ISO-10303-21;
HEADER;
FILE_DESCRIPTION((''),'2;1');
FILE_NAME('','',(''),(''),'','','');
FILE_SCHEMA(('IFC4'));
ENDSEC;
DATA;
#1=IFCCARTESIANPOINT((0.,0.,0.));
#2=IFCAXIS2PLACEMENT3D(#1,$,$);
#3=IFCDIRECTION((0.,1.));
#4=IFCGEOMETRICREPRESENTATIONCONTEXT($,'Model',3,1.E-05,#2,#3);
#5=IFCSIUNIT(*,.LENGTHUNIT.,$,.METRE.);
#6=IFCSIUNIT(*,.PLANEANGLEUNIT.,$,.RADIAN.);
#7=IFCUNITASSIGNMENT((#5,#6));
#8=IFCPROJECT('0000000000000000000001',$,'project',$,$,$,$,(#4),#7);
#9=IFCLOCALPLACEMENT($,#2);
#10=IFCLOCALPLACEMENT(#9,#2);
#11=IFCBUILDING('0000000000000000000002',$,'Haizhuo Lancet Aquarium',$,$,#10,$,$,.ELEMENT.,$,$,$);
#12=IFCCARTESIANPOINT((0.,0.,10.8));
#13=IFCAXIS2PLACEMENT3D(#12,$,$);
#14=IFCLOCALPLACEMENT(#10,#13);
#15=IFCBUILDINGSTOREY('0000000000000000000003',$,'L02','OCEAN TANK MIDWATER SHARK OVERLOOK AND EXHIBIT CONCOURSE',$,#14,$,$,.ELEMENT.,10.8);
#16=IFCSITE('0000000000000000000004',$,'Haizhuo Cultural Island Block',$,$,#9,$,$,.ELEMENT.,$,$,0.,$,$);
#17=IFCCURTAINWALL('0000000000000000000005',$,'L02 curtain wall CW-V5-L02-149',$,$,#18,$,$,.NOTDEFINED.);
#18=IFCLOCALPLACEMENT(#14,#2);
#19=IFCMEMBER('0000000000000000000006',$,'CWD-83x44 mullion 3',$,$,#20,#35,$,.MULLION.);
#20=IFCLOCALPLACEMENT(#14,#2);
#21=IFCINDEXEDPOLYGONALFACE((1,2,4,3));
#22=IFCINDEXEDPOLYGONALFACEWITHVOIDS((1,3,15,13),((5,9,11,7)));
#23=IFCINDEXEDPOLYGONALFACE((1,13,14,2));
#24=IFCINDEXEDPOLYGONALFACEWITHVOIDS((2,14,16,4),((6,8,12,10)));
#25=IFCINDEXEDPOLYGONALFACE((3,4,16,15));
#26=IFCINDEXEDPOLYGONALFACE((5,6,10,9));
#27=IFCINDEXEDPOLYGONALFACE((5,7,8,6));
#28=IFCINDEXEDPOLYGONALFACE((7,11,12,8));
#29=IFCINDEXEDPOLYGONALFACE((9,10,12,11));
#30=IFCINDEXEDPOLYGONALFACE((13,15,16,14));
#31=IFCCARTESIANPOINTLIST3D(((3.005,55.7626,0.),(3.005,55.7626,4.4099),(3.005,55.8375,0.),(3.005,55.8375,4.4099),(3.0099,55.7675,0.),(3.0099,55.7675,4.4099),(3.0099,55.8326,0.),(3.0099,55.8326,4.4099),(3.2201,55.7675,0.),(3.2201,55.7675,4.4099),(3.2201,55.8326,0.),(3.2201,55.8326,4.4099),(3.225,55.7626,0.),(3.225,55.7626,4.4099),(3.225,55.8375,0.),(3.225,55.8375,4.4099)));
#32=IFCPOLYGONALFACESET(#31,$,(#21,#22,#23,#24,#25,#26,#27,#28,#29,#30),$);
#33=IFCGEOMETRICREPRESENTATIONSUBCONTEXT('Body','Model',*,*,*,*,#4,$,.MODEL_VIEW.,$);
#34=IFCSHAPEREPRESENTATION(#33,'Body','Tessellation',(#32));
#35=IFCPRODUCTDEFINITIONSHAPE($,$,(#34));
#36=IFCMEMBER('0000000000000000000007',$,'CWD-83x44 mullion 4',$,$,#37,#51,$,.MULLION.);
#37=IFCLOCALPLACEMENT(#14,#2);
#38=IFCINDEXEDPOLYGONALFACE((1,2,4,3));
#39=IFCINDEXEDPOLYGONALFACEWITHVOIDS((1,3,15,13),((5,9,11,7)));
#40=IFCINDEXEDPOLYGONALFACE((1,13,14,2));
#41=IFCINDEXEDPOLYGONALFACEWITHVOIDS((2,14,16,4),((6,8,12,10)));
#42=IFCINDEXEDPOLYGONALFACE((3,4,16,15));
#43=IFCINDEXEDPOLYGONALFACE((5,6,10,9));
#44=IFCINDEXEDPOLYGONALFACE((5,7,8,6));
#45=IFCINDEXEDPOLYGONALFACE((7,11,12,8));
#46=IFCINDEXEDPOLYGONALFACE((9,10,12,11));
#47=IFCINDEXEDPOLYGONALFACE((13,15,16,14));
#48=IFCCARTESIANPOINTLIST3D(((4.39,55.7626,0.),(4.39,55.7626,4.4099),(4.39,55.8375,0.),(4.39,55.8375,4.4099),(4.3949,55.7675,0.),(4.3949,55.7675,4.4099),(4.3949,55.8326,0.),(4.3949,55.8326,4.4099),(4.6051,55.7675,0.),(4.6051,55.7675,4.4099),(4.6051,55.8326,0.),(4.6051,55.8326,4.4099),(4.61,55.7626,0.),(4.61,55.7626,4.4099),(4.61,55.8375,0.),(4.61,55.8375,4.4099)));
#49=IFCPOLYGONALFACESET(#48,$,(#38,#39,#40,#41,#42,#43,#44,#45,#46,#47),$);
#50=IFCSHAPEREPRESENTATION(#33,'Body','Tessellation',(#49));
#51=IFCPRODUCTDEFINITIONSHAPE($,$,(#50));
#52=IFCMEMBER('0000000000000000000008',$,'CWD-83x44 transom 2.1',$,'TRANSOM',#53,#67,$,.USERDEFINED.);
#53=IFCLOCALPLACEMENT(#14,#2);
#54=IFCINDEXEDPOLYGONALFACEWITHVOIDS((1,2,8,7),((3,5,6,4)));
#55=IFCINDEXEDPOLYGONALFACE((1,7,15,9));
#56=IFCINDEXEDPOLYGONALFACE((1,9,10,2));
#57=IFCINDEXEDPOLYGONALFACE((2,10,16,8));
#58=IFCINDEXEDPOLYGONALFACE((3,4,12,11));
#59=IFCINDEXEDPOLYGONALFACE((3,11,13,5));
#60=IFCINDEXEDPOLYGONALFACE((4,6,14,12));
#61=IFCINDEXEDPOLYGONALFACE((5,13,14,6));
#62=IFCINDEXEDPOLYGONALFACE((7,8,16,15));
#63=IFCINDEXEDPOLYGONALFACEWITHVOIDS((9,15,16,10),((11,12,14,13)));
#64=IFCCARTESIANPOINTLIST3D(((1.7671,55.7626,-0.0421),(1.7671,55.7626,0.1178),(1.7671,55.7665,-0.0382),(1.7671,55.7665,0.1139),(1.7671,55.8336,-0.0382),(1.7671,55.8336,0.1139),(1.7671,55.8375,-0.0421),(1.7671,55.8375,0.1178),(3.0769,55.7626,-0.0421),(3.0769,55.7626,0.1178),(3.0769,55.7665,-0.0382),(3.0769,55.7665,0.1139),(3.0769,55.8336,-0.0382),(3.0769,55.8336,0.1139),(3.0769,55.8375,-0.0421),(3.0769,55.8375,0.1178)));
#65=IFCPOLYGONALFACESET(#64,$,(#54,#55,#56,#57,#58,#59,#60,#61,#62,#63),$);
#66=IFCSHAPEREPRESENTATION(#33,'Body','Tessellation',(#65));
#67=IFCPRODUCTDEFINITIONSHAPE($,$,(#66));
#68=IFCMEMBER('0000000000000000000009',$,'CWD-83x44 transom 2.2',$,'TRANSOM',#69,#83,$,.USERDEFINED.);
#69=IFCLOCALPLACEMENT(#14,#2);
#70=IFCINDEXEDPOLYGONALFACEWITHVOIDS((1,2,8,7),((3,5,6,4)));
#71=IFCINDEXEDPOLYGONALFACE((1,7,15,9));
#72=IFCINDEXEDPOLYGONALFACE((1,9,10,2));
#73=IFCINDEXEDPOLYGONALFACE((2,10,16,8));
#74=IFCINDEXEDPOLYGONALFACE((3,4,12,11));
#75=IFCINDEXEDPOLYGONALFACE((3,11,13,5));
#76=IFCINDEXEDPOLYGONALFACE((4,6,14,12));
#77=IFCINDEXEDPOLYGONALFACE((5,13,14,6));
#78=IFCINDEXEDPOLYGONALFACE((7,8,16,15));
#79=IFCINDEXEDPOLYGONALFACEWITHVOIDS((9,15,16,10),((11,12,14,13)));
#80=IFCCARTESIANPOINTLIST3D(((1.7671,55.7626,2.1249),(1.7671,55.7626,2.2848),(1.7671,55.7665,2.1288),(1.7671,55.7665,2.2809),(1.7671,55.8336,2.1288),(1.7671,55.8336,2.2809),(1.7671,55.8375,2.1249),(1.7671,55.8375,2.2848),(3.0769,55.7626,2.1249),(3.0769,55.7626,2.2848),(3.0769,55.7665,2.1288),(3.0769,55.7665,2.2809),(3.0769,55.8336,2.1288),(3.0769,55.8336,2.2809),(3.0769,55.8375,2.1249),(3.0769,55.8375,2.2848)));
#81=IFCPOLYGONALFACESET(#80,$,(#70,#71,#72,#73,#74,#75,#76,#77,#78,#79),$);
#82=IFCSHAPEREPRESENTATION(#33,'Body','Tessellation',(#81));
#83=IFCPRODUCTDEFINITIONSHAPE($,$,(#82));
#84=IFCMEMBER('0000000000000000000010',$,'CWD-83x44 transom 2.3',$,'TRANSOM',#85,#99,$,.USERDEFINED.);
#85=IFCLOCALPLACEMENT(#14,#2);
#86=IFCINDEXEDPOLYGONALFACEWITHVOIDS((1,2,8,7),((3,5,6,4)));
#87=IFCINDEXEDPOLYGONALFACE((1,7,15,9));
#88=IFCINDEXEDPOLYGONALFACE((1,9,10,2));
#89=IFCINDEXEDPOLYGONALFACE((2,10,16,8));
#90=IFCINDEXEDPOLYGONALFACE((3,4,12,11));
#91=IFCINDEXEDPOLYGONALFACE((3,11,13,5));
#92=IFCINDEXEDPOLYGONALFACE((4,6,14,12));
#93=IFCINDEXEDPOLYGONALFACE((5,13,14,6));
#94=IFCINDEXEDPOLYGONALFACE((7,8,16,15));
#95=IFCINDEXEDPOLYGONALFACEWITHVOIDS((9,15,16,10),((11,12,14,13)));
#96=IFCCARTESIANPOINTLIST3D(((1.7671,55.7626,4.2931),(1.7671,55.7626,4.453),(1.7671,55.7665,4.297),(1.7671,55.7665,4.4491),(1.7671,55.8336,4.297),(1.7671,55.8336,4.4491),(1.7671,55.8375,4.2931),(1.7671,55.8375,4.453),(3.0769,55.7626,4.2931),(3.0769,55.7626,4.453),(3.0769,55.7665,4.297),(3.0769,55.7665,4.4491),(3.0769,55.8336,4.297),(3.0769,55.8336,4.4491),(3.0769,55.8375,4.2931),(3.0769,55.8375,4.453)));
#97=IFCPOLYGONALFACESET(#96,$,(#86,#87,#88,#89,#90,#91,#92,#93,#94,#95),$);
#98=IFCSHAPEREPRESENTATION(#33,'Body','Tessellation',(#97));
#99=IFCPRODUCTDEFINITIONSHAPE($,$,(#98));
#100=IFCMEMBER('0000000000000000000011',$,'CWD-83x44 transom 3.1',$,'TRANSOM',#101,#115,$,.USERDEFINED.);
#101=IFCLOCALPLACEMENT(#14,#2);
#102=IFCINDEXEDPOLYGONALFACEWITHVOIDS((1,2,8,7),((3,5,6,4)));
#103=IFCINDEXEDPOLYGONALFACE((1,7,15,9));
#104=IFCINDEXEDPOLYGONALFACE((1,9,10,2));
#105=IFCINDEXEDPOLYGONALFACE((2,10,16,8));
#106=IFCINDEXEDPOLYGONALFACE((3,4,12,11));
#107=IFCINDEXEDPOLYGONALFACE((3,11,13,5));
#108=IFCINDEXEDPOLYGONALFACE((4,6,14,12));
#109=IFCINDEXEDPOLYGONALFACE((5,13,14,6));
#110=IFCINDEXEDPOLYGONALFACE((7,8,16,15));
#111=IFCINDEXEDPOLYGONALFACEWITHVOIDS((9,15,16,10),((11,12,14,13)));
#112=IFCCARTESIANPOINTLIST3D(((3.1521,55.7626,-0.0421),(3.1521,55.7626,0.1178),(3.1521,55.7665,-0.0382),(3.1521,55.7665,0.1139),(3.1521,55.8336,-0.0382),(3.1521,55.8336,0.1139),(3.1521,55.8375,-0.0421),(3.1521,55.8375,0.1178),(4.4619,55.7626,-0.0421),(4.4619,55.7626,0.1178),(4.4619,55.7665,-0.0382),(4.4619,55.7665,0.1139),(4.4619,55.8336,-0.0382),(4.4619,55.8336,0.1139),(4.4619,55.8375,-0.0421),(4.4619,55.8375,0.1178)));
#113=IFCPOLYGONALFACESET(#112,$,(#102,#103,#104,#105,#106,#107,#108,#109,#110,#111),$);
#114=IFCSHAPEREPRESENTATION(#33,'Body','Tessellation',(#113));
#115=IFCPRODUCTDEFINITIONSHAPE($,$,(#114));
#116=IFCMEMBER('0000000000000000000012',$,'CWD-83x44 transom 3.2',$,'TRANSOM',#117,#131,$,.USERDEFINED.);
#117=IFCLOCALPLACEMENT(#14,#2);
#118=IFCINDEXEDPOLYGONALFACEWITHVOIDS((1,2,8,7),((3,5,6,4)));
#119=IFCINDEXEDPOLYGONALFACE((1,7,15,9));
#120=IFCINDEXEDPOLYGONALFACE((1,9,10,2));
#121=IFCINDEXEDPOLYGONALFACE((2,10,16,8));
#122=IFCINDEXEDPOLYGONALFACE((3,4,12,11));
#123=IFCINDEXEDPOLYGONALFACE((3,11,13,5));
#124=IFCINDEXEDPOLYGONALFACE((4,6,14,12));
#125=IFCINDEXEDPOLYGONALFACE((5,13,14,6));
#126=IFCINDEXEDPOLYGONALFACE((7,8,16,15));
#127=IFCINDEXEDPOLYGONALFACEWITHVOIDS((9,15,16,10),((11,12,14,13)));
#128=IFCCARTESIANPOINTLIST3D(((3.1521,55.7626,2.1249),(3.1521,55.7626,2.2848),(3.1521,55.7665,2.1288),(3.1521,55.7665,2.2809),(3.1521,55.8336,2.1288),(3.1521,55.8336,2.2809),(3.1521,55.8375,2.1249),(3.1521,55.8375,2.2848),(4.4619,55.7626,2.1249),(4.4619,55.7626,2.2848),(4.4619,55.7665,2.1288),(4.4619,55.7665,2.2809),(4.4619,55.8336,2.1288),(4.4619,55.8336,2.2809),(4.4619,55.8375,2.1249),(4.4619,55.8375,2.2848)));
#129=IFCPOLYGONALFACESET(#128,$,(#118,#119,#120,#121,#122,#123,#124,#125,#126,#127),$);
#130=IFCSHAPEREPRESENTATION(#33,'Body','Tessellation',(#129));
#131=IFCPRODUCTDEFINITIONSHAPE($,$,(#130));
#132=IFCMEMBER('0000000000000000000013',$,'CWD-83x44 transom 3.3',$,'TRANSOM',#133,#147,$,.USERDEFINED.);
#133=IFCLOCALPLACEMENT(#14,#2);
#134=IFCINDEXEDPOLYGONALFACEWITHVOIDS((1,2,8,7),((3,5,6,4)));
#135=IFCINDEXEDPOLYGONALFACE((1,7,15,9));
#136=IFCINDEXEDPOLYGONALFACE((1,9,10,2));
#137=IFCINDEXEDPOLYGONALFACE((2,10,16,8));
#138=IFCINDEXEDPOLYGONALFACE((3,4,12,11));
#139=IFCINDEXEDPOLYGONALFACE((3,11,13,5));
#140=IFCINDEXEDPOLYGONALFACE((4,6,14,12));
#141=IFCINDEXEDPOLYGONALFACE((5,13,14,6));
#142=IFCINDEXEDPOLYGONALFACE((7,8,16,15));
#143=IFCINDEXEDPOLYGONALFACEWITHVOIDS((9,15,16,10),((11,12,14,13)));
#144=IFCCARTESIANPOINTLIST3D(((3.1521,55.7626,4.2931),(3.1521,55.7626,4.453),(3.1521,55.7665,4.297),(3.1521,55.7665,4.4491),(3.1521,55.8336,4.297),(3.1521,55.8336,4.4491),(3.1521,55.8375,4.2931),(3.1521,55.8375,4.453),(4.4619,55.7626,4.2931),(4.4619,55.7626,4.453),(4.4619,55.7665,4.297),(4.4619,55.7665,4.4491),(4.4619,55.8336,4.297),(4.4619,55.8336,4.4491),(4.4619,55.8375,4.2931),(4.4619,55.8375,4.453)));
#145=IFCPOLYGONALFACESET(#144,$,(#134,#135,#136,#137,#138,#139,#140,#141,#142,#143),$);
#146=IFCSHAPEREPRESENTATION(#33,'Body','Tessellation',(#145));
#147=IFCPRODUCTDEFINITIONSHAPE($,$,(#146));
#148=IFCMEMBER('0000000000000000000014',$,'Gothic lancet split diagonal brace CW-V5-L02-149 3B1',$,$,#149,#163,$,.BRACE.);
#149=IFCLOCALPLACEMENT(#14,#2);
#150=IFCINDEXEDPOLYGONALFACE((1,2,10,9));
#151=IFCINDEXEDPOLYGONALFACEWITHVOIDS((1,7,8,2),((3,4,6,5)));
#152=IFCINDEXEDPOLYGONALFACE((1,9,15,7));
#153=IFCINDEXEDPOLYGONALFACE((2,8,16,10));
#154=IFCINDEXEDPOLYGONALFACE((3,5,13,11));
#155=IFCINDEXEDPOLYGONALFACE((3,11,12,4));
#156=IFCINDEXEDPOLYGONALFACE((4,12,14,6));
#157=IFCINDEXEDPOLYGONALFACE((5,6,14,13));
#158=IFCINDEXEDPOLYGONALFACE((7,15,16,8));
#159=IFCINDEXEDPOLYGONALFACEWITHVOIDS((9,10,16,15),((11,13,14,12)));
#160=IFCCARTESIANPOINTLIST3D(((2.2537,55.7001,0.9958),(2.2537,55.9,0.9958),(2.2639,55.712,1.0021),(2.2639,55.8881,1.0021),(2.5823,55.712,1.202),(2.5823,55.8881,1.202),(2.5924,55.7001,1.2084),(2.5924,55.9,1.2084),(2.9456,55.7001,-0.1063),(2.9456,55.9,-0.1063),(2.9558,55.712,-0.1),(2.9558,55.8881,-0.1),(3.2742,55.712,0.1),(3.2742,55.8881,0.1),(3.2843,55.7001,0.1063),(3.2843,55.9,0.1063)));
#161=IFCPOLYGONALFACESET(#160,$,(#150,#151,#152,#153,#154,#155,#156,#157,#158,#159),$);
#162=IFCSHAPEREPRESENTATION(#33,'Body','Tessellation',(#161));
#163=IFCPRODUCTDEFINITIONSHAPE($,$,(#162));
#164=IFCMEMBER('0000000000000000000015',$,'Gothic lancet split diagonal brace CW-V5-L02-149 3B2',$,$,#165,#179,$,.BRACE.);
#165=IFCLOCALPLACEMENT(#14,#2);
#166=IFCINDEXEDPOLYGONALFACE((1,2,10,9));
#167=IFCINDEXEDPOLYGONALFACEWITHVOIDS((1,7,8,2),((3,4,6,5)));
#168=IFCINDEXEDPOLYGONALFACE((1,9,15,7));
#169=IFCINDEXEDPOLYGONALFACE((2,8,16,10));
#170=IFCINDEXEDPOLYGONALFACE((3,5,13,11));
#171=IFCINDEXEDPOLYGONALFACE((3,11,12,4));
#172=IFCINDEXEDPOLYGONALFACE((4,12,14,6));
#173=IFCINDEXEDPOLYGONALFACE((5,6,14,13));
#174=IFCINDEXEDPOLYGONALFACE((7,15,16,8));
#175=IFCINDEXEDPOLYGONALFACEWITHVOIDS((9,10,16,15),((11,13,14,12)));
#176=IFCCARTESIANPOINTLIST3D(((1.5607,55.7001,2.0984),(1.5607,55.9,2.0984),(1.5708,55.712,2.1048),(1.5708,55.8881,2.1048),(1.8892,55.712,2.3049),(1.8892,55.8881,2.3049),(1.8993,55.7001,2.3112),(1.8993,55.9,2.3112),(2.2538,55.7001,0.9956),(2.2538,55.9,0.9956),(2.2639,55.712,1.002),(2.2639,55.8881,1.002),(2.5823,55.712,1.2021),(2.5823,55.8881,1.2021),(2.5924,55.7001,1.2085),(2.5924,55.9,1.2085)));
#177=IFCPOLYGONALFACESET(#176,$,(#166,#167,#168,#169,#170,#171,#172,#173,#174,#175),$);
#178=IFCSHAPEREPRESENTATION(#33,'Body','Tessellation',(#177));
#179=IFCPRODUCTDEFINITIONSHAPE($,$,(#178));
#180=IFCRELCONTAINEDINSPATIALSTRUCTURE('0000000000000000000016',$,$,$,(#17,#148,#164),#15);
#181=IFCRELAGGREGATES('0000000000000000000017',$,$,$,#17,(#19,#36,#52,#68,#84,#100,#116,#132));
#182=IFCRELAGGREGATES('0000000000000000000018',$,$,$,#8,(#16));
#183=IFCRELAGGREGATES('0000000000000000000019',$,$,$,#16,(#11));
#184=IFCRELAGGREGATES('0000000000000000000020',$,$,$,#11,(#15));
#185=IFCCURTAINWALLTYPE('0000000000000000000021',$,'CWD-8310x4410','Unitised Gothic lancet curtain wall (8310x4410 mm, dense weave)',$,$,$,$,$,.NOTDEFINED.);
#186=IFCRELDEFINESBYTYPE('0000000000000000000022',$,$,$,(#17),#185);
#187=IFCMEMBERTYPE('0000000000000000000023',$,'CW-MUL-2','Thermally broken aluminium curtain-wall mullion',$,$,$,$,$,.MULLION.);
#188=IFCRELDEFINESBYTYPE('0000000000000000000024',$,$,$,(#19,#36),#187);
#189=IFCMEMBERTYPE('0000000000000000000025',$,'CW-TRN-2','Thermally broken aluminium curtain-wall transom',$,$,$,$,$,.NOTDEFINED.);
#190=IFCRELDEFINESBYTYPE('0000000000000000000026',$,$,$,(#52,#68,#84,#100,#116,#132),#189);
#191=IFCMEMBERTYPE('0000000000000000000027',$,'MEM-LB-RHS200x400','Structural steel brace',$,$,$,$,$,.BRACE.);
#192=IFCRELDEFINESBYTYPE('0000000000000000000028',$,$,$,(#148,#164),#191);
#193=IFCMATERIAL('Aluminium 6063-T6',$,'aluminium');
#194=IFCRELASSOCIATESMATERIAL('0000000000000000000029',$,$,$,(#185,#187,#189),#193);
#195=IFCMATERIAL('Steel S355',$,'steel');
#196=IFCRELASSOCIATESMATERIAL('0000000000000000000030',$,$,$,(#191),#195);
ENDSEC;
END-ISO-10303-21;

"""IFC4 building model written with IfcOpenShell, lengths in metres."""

from ifc_helpers import new_model, si_unit, direction, frame, origin, origin_2d, place, context, subcontext, project, spatial, hollow_rectangle, extrude, material, material_profile, profile_set, type_object, element, aggregate, save


model = new_model("IFC4")

# Units and contexts
model_context = context("Model", 3, precision=1e-05, world=origin(), true_north=direction((0.0, 1.0)))
body_context = subcontext(model_context, "Body", "Model", "MODEL_VIEW")
ifc_project = project(units=[si_unit("LENGTHUNIT", "METRE"), si_unit("PLANEANGLEUNIT", "RADIAN")], contexts=[model_context])

# Site, building, storey
site_placement = place(None, origin())
site = spatial("IfcSite", under=ifc_project, at=site_placement, Name="Haizhuo Cultural Island Block", CompositionType="ELEMENT", RefElevation=0.0)
building_placement = place(site_placement, origin())
building = spatial("IfcBuilding", under=site, at=building_placement, Name="Haizhuo Lancet Aquarium", CompositionType="ELEMENT")
storey_placement = place(building_placement, frame((0.0, 0.0, 10.8)))
storey = spatial("IfcBuildingStorey", under=building, at=storey_placement, Name="L02", Description="OCEAN TANK MIDWATER SHARK OVERLOOK AND EXHIBIT CONCOURSE", CompositionType="ELEMENT", Elevation=10.8)

# Curtain wall, members
ifc_material_1 = material(Name="Aluminium 6063-T6", Category="aluminium")
curtain_wall_type = type_object("IfcCurtainWallType", Name="CWD-8310x4410", Description="Unitised Gothic lancet curtain wall (8310x4410 mm, dense weave)", PredefinedType="NOTDEFINED", material=ifc_material_1)
curtain_wall_placement = place(storey_placement, origin())
curtain_wall = element("IfcCurtainWall", 1, at=curtain_wall_placement, inside=storey, type_object=curtain_wall_type, Name="L02 curtain wall CW-V5-L02-149", PredefinedType="NOTDEFINED")
ifc_material_profile_1 = material_profile(ifc_material_1, hollow_rectangle(XDim=0.075, YDim=0.22, WallThickness=0.0049, at=origin_2d()), Name="ALU-M 75x220x5")
ifc_profile_set_1 = profile_set([ifc_material_profile_1], Name="Aluminium 6063-T6")
member_type_1 = type_object("IfcMemberType", Name="CW-MUL-2", Description="Thermally broken aluminium curtain-wall mullion", PredefinedType="MULLION", material=ifc_profile_set_1)
member_1_placement = place(storey_placement, frame((3.115, 55.8, 0.0), z_axis=(0.0, 0.0, 1.0), x_axis=(0.0, 1.0, 0.0)))
member_1 = element("IfcMember", 2, at=member_1_placement, type_object=member_type_1, Name="CWD-83x44 mullion 3", PredefinedType="MULLION", context=body_context, shape_type="SweptSolid", body=[
    extrude(hollow_rectangle(XDim=0.075, YDim=0.22, WallThickness=0.0049, at=origin_2d()), origin(), (0.0, 0.0, 1.0), 4.4099),
])
member_2_placement = place(storey_placement, frame((4.5, 55.8, 0.0), z_axis=(0.0, 0.0, 1.0), x_axis=(0.0, 1.0, 0.0)))
member_2 = element("IfcMember", 3, at=member_2_placement, type_object=member_type_1, Name="CWD-83x44 mullion 4", PredefinedType="MULLION", context=body_context, shape_type="SweptSolid", body=[
    extrude(hollow_rectangle(XDim=0.075, YDim=0.22, WallThickness=0.0049, at=origin_2d()), origin(), (0.0, 0.0, 1.0), 4.4099),
])
ifc_material_profile_2 = material_profile(ifc_material_1, hollow_rectangle(XDim=0.075, YDim=0.1599, WallThickness=0.0039, at=origin_2d()), Name="ALU-T 75x160x4")
ifc_profile_set_2 = profile_set([ifc_material_profile_2], Name="Aluminium 6063-T6")
member_type_2 = type_object("IfcMemberType", Name="CW-TRN-2", Description="Thermally broken aluminium curtain-wall transom", PredefinedType="NOTDEFINED", material=ifc_profile_set_2)
member_3_placement = place(storey_placement, frame((1.7671, 55.8, 0.0378), z_axis=(1.0, 0.0, 0.0), x_axis=(0.0, 1.0, 0.0)))
member_3 = element("IfcMember", 4, at=member_3_placement, type_object=member_type_2, Name="CWD-83x44 transom 2.1", ObjectType="TRANSOM", PredefinedType="USERDEFINED", context=body_context, shape_type="SweptSolid", body=[
    extrude(hollow_rectangle(XDim=0.075, YDim=0.1599, WallThickness=0.0039, at=origin_2d()), origin(), (0.0, 0.0, 1.0), 1.3098),
])
member_4_placement = place(storey_placement, frame((1.7671, 55.8, 2.2048), z_axis=(1.0, 0.0, 0.0), x_axis=(0.0, 1.0, 0.0)))
member_4 = element("IfcMember", 5, at=member_4_placement, type_object=member_type_2, Name="CWD-83x44 transom 2.2", ObjectType="TRANSOM", PredefinedType="USERDEFINED", context=body_context, shape_type="SweptSolid", body=[
    extrude(hollow_rectangle(XDim=0.075, YDim=0.1599, WallThickness=0.0039, at=origin_2d()), origin(), (0.0, 0.0, 1.0), 1.3098),
])
member_5_placement = place(storey_placement, frame((1.7671, 55.8, 4.373), z_axis=(1.0, 0.0, 0.0), x_axis=(0.0, 1.0, 0.0)))
member_5 = element("IfcMember", 6, at=member_5_placement, type_object=member_type_2, Name="CWD-83x44 transom 2.3", ObjectType="TRANSOM", PredefinedType="USERDEFINED", context=body_context, shape_type="SweptSolid", body=[
    extrude(hollow_rectangle(XDim=0.075, YDim=0.1599, WallThickness=0.0039, at=origin_2d()), origin(), (0.0, 0.0, 1.0), 1.3098),
])
member_6_placement = place(storey_placement, frame((3.1521, 55.8, 0.0378), z_axis=(1.0, 0.0, 0.0), x_axis=(0.0, 1.0, 0.0)))
member_6 = element("IfcMember", 7, at=member_6_placement, type_object=member_type_2, Name="CWD-83x44 transom 3.1", ObjectType="TRANSOM", PredefinedType="USERDEFINED", context=body_context, shape_type="SweptSolid", body=[
    extrude(hollow_rectangle(XDim=0.075, YDim=0.1599, WallThickness=0.0039, at=origin_2d()), origin(), (0.0, 0.0, 1.0), 1.3098),
])
member_7_placement = place(storey_placement, frame((3.1521, 55.8, 2.2048), z_axis=(1.0, 0.0, 0.0), x_axis=(0.0, 1.0, 0.0)))
member_7 = element("IfcMember", 8, at=member_7_placement, type_object=member_type_2, Name="CWD-83x44 transom 3.2", ObjectType="TRANSOM", PredefinedType="USERDEFINED", context=body_context, shape_type="SweptSolid", body=[
    extrude(hollow_rectangle(XDim=0.075, YDim=0.1599, WallThickness=0.0039, at=origin_2d()), origin(), (0.0, 0.0, 1.0), 1.3098),
])
member_8_placement = place(storey_placement, frame((3.1521, 55.8, 4.373), z_axis=(1.0, 0.0, 0.0), x_axis=(0.0, 1.0, 0.0)))
member_8 = element("IfcMember", 9, at=member_8_placement, type_object=member_type_2, Name="CWD-83x44 transom 3.3", ObjectType="TRANSOM", PredefinedType="USERDEFINED", context=body_context, shape_type="SweptSolid", body=[
    extrude(hollow_rectangle(XDim=0.075, YDim=0.1599, WallThickness=0.0039, at=origin_2d()), origin(), (0.0, 0.0, 1.0), 1.3098),
])

# Members
ifc_material_2 = material(Name="Steel S355", Category="steel")
ifc_material_profile_3 = material_profile(ifc_material_2, hollow_rectangle(XDim=0.2, YDim=0.3999, WallThickness=0.012, at=origin_2d()), Name="RHS 200x400x12")
ifc_profile_set_3 = profile_set([ifc_material_profile_3], Name="Steel S355")
member_type_3 = type_object("IfcMemberType", Name="MEM-LB-RHS200x400", Description="Structural steel brace", PredefinedType="BRACE", material=ifc_profile_set_3)
member_9_placement = place(storey_placement, frame((3.115, 55.8, 0.0), z_axis=(-0.531718, 0.0, 0.846921), x_axis=(0.0, -1.0, 0.0)))
element("IfcMember", 10, at=member_9_placement, inside=storey, type_object=member_type_3, Name="Gothic lancet split diagonal brace CW-V5-L02-149 3B1", PredefinedType="BRACE", context=body_context, shape_type="SweptSolid", body=[
    extrude(hollow_rectangle(XDim=0.2, YDim=0.3999, WallThickness=0.012, at=origin_2d()), origin(), (0.0, 0.0, 1.0), 1.3013),
])
member_10_placement = place(storey_placement, frame((2.4231, 55.8, 1.1021), z_axis=(-0.532137, 0.0, 0.846658), x_axis=(0.0, -1.0, 0.0)))
element("IfcMember", 11, at=member_10_placement, inside=storey, type_object=member_type_3, Name="Gothic lancet split diagonal brace CW-V5-L02-149 3B2", PredefinedType="BRACE", context=body_context, shape_type="SweptSolid", body=[
    extrude(hollow_rectangle(XDim=0.2, YDim=0.3999, WallThickness=0.012, at=origin_2d()), origin(), (0.0, 0.0, 1.0), 1.3025),
])

aggregate(curtain_wall, [member_1, member_2, member_3, member_4, member_5, member_6, member_7, member_8])

save(model, "model.ifc")
